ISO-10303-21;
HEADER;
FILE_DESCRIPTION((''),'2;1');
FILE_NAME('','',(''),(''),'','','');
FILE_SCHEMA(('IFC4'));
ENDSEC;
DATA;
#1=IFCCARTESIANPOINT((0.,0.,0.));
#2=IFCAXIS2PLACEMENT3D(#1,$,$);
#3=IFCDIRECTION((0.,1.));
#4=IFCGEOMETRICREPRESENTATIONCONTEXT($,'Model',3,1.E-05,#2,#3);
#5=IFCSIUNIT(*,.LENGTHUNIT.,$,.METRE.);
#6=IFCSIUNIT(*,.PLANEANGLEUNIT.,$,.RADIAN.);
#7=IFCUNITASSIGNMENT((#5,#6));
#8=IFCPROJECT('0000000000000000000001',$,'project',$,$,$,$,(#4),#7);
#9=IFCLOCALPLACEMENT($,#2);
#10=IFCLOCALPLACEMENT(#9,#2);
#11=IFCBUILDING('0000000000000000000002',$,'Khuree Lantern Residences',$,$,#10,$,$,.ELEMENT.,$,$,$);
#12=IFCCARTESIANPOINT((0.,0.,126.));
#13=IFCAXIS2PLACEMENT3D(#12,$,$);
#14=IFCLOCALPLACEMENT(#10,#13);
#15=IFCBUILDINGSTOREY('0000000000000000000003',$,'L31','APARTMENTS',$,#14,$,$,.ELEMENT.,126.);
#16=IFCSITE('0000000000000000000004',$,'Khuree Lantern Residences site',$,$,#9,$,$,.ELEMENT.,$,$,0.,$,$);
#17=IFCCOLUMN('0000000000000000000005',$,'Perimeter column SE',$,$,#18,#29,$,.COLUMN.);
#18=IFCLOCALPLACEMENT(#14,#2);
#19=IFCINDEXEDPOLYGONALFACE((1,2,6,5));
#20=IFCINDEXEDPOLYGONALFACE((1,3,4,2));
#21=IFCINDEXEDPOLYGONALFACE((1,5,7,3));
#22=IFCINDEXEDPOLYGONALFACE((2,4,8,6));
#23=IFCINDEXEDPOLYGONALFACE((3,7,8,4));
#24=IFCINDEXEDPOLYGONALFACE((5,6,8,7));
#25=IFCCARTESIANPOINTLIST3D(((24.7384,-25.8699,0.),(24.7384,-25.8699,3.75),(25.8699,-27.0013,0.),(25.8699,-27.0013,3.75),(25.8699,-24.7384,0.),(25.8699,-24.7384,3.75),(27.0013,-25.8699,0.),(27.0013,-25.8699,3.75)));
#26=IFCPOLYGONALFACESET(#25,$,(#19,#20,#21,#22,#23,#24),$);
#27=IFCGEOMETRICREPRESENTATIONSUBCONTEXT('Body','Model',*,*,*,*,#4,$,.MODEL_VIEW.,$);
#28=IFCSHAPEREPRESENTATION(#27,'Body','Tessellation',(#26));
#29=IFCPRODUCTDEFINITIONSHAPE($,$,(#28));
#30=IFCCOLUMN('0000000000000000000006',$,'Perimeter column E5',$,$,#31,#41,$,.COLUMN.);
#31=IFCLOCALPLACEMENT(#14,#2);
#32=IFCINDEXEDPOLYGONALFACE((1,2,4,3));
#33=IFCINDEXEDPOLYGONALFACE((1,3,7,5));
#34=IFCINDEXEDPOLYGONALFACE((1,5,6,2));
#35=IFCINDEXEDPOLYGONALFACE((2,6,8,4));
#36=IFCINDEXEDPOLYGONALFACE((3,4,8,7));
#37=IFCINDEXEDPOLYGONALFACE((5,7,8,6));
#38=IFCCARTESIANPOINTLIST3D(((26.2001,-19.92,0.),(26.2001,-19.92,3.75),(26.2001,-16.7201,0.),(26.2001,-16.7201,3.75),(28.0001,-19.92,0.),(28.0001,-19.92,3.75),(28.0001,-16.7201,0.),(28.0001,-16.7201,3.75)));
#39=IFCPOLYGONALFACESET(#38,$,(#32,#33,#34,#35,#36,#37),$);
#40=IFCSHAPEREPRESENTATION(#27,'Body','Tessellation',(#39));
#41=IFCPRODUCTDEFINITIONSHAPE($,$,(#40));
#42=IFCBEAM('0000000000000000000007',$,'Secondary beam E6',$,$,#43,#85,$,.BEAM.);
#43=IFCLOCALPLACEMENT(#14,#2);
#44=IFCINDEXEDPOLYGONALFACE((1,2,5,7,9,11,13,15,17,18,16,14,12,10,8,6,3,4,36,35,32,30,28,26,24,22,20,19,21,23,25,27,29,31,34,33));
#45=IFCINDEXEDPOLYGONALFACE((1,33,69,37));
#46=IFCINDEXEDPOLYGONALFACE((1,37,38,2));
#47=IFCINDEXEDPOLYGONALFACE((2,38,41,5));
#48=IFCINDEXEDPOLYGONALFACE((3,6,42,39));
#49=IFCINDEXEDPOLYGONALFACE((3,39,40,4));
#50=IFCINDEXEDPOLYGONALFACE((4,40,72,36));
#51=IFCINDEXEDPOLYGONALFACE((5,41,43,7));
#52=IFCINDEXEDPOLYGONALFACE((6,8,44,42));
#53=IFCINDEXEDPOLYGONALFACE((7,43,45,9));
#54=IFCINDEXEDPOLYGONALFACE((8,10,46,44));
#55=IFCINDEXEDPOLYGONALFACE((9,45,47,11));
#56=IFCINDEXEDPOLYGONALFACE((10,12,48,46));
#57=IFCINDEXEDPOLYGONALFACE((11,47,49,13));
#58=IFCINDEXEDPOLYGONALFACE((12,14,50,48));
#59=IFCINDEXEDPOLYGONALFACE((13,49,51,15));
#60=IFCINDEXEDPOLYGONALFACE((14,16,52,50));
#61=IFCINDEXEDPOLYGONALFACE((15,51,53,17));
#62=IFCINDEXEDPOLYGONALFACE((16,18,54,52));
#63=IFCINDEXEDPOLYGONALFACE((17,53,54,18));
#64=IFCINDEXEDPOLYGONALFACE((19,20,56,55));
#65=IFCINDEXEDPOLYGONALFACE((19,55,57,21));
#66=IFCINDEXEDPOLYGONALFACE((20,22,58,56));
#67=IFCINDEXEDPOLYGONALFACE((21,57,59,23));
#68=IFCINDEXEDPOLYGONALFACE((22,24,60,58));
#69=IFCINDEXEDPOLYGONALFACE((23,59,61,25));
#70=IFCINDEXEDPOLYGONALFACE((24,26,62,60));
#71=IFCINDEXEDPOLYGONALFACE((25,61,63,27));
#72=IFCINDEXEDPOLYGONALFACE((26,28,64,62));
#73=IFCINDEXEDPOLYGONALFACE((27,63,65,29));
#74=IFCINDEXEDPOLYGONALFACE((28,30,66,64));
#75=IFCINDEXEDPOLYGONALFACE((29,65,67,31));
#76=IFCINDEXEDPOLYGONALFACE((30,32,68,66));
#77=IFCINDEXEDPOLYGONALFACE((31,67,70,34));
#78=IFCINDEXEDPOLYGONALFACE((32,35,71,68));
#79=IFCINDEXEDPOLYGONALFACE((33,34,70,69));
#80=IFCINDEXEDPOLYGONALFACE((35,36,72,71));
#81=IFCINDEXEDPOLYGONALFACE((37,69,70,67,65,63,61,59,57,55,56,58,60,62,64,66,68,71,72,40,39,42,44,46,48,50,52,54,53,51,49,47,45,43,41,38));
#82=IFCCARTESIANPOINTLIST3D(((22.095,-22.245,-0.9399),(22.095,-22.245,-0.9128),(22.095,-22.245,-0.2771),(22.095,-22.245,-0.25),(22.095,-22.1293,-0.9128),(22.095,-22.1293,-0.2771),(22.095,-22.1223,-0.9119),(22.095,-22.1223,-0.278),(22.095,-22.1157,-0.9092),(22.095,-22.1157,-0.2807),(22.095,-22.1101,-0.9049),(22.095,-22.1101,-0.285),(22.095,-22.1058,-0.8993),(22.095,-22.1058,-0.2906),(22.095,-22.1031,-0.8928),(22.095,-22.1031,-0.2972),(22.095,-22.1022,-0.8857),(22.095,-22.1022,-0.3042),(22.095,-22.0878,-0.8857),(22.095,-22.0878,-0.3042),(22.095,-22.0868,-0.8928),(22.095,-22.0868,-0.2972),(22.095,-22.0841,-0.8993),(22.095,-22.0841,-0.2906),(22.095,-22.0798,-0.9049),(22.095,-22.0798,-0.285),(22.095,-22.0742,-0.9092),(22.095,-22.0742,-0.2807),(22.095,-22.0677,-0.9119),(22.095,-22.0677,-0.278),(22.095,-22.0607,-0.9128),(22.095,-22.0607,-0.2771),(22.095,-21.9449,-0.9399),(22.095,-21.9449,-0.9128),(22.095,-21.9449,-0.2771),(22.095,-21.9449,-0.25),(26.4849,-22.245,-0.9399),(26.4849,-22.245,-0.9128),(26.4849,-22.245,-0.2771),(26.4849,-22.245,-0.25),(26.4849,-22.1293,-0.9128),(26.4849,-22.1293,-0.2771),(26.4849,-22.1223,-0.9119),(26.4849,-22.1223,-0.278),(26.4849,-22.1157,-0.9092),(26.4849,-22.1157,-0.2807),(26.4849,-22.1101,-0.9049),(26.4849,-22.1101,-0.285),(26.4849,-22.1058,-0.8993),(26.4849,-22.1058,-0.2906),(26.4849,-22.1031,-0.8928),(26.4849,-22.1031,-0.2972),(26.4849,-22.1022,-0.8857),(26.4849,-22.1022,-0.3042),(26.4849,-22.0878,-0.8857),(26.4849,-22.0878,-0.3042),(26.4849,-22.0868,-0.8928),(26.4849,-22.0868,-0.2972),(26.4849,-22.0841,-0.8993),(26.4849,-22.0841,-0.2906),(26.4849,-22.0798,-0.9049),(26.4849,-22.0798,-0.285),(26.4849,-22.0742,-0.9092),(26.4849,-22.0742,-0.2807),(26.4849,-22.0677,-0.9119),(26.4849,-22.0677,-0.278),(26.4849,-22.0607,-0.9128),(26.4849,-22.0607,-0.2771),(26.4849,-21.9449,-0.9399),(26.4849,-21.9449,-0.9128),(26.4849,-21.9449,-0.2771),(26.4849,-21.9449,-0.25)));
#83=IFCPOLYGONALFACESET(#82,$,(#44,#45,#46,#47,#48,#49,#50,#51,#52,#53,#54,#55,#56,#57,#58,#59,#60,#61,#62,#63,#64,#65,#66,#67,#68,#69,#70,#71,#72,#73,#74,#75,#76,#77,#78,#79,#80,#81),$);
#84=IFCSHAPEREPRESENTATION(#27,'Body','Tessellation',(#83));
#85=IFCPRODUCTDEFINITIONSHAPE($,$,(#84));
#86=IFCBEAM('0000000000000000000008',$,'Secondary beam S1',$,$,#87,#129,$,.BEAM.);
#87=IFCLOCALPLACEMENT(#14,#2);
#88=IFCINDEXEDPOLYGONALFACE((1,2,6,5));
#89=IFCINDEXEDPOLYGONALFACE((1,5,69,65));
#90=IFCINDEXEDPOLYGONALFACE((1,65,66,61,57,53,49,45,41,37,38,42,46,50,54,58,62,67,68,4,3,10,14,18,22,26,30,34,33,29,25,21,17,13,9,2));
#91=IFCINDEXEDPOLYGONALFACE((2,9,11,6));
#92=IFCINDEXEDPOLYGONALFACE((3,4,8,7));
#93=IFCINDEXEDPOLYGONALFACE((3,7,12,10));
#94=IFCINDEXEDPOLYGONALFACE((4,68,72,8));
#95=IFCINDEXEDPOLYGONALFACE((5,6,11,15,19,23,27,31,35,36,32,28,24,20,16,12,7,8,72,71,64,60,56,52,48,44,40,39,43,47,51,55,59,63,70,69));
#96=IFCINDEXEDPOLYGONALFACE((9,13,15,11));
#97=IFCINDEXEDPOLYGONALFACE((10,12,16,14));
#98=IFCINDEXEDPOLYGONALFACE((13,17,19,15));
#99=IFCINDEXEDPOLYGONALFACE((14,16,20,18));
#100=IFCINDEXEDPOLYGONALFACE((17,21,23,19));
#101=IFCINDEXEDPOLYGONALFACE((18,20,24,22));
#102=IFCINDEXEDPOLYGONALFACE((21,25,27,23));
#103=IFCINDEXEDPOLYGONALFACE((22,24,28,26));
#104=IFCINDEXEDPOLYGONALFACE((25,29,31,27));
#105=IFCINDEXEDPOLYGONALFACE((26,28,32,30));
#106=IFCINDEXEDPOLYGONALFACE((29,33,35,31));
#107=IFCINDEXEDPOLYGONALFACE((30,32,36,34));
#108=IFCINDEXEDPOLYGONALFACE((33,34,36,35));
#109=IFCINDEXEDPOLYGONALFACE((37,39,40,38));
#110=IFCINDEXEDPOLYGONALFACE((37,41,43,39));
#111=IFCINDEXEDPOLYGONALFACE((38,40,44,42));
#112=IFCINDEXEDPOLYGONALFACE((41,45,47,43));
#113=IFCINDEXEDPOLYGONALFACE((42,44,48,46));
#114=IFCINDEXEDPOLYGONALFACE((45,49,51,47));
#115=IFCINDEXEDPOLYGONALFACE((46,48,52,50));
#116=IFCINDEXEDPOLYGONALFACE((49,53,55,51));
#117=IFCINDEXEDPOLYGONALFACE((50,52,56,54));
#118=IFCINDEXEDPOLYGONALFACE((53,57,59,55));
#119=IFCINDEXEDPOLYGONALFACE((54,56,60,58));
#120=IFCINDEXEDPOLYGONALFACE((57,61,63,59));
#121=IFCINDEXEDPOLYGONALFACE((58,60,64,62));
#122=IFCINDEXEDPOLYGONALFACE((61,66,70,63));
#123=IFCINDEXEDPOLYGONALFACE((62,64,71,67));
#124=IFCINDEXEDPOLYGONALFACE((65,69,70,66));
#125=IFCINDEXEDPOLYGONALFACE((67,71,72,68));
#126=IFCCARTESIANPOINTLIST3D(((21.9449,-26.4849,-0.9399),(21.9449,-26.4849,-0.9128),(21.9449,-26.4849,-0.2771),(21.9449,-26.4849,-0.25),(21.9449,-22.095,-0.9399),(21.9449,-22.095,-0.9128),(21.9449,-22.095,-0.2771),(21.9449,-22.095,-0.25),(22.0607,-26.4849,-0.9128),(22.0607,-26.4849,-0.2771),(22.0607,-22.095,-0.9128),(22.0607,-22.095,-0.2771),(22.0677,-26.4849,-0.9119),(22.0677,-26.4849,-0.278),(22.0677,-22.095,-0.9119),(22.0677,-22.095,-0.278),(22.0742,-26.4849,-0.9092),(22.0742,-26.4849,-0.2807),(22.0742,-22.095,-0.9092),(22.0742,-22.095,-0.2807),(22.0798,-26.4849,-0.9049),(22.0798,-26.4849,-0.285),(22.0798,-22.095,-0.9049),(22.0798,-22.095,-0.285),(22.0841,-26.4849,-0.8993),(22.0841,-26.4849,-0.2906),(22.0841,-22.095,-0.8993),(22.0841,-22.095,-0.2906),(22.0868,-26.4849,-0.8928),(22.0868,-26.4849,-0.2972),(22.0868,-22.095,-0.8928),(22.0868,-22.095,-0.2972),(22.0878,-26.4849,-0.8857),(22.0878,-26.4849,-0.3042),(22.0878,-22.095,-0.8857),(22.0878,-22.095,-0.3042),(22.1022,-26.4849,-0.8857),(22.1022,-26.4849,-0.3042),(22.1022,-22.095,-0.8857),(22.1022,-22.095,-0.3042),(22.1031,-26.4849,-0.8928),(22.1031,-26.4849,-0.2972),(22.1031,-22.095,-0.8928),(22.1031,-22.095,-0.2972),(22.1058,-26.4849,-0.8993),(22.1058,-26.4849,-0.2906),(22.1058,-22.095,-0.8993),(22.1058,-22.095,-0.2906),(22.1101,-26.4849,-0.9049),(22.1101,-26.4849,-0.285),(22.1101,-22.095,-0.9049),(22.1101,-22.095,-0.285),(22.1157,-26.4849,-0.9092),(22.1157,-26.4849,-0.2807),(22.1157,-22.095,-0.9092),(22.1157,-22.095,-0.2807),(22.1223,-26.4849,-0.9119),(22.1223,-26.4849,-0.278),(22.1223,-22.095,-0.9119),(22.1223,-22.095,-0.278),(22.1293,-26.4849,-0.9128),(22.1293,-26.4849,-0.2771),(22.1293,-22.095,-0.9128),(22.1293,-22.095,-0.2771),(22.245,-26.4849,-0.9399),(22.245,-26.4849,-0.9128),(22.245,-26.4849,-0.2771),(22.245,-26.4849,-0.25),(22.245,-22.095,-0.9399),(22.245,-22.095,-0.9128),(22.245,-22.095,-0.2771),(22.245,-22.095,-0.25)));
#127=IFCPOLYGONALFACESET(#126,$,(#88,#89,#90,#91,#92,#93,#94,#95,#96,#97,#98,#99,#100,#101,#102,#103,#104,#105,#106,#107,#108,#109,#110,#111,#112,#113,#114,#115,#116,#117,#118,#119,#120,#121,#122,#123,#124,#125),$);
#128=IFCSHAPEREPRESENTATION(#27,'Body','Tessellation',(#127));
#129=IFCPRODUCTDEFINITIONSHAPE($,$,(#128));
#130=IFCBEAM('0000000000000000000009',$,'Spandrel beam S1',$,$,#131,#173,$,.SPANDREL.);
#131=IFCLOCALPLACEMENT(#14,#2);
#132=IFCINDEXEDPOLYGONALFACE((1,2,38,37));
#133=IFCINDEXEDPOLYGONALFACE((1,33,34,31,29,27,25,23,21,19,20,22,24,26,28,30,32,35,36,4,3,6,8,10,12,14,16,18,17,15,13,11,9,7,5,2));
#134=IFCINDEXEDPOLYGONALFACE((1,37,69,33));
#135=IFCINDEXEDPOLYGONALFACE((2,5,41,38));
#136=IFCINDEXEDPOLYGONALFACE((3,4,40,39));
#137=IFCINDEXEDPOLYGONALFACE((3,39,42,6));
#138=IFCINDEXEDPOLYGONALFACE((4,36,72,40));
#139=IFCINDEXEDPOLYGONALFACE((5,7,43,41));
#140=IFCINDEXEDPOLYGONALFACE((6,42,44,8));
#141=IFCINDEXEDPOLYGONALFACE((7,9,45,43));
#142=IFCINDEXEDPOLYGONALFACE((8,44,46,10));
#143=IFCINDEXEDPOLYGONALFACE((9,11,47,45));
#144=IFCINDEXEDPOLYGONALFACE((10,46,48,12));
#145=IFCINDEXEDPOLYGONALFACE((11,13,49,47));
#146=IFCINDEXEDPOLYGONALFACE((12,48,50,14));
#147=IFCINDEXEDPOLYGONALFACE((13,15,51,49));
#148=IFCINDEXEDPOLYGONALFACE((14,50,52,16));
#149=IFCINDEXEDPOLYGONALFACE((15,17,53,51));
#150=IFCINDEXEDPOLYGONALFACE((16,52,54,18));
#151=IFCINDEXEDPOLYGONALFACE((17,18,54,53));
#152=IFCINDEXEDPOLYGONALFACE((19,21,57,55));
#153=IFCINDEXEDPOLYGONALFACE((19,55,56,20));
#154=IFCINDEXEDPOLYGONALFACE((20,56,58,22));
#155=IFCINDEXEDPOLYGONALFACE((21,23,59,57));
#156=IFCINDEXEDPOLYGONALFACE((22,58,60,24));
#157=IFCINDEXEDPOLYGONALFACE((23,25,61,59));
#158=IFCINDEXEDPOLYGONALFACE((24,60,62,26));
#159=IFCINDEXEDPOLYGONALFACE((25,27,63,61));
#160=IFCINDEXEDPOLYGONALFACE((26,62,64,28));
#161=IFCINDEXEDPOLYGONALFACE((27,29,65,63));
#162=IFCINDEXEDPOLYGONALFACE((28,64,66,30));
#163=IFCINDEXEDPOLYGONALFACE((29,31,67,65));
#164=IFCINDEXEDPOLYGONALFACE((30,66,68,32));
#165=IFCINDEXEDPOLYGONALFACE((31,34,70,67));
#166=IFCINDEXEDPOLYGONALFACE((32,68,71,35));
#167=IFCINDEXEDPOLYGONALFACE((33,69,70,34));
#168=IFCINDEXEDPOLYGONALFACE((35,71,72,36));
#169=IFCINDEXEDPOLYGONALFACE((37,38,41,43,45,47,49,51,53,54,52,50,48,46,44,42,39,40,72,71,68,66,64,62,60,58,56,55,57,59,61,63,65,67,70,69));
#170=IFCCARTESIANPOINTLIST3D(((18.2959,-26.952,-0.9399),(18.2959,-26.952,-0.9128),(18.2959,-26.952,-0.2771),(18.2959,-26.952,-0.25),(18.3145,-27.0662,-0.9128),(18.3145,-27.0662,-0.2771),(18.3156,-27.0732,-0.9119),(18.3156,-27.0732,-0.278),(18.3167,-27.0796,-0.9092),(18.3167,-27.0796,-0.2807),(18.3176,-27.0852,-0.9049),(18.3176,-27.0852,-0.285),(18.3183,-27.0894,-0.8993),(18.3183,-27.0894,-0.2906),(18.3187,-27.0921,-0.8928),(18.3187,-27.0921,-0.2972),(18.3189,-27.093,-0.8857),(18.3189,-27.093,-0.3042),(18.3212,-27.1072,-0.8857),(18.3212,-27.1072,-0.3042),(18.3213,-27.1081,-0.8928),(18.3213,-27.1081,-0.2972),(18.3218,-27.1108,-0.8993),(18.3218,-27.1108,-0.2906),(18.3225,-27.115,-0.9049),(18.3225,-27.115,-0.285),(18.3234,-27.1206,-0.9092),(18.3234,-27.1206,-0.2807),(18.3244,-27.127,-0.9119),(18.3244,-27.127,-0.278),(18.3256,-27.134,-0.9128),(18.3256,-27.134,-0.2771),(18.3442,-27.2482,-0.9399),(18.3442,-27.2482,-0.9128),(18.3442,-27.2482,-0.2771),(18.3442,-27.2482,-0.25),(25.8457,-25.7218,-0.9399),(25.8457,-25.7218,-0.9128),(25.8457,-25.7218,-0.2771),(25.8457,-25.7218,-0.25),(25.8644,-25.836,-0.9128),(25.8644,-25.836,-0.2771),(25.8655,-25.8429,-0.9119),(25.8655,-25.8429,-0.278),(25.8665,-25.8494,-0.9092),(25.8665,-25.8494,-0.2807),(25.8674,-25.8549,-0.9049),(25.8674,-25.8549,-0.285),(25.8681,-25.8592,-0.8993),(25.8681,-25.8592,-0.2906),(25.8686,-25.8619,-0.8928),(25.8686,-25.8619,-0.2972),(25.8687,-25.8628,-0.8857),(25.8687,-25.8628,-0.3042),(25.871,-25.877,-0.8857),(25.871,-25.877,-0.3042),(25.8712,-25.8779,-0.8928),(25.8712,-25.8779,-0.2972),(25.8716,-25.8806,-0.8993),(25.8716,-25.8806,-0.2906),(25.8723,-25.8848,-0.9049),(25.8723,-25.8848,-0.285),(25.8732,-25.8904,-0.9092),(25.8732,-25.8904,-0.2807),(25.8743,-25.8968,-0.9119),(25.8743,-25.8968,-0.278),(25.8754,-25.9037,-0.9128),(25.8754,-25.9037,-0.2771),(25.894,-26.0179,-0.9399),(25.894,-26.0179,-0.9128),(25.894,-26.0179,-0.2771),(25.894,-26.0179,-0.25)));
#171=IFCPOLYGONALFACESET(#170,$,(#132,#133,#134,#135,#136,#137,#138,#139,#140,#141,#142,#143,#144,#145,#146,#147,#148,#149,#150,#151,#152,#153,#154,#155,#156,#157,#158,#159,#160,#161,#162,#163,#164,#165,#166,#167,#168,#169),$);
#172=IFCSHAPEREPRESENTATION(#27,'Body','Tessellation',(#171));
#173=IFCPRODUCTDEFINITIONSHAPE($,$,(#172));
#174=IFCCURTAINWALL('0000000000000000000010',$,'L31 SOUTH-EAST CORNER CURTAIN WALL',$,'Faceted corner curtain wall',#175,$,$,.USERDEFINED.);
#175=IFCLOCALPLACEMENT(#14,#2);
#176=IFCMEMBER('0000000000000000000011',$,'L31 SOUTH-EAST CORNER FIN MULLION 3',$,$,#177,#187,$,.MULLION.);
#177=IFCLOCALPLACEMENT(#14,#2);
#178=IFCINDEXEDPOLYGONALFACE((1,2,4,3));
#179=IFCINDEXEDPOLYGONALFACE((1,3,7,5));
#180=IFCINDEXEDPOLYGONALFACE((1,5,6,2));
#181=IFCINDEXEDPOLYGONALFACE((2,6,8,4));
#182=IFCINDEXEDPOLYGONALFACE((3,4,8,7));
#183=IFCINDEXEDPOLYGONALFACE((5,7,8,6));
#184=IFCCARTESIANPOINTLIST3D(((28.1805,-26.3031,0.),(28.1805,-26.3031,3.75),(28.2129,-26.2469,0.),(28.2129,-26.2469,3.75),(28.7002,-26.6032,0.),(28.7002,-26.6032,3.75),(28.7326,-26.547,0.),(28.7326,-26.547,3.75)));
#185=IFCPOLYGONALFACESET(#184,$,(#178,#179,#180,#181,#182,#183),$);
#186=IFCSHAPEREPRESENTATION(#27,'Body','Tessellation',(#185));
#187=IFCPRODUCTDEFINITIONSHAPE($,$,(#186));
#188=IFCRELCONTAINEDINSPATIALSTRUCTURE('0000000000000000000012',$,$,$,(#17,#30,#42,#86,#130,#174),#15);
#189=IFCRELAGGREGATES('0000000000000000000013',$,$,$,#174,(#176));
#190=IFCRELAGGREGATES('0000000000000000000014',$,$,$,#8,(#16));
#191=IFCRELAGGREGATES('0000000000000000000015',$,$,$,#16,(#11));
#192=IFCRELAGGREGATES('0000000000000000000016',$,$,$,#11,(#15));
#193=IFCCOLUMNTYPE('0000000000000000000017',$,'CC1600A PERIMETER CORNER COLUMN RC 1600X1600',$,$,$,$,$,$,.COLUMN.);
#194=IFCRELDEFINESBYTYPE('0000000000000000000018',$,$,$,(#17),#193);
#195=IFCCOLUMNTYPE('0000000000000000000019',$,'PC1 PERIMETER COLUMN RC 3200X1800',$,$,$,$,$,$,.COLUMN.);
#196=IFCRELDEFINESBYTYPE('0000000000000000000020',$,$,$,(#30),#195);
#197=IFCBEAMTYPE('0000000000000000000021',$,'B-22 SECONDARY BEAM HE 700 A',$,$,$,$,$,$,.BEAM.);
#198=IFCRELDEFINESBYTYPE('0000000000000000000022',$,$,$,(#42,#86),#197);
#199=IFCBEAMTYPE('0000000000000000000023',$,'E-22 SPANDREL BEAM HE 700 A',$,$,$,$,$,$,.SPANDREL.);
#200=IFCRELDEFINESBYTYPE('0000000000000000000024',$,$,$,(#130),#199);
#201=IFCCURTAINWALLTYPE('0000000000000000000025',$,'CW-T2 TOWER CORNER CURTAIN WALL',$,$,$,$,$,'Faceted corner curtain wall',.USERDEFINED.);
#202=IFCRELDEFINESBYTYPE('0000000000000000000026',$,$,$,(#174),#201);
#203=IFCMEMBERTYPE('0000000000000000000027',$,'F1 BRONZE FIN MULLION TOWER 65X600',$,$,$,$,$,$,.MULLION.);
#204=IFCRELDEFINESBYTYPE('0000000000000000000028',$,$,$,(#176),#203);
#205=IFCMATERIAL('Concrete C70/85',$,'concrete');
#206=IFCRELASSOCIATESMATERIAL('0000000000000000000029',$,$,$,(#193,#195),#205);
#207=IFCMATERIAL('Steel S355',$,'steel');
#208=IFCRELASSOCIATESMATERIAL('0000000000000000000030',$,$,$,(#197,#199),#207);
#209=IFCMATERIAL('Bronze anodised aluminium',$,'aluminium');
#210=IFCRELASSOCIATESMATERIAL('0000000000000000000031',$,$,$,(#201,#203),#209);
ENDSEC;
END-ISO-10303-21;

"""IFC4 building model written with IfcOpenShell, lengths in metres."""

from ifc_helpers import new_model, si_unit, direction, frame, origin, origin_2d, place, context, subcontext, project, spatial, rectangle, i_section, extrude, material, material_profile, profile_set, type_object, element, aggregate, save


model = new_model("IFC4")

# Units and contexts
model_context = context("Model", 3, precision=1e-05, world=origin(), true_north=direction((0.0, 1.0)))
body_context = subcontext(model_context, "Body", "Model", "MODEL_VIEW")
ifc_project = project(units=[si_unit("LENGTHUNIT", "METRE"), si_unit("PLANEANGLEUNIT", "RADIAN")], contexts=[model_context])

# Site, building, storey
site_placement = place(None, origin())
site = spatial("IfcSite", under=ifc_project, at=site_placement, Name="Khuree Lantern Residences site", CompositionType="ELEMENT", RefElevation=0.0)
building_placement = place(site_placement, origin())
building = spatial("IfcBuilding", under=site, at=building_placement, Name="Khuree Lantern Residences", CompositionType="ELEMENT")
storey_placement = place(building_placement, frame((0.0, 0.0, 126.0)))
storey = spatial("IfcBuildingStorey", under=building, at=storey_placement, Name="L31", Description="APARTMENTS", CompositionType="ELEMENT", Elevation=126.0)

# Columns
ifc_material_1 = material(Name="Concrete C70/85", Category="concrete")
ifc_material_profile_1 = material_profile(ifc_material_1, rectangle(XDim=1.6001, YDim=1.6001, at=origin_2d()), Name="RC 1600X1600")
ifc_profile_set_1 = profile_set([ifc_material_profile_1], Name="Concrete C70/85")
column_type_1 = type_object("IfcColumnType", Name="CC1600A PERIMETER CORNER COLUMN RC 1600X1600", PredefinedType="COLUMN", material=ifc_profile_set_1)
column_1_placement = place(storey_placement, frame((25.8699, -25.8699, 0.0), z_axis=(0.0, 0.0, 1.0), x_axis=(0.707107, 0.707107, 0.0)))
element("IfcColumn", 1, at=column_1_placement, inside=storey, type_object=column_type_1, Name="Perimeter column SE", PredefinedType="COLUMN", context=body_context, shape_type="SweptSolid", body=[
    extrude(rectangle(XDim=1.6001, YDim=1.6001, at=origin_2d()), origin(), (0.0, 0.0, 1.0), 3.75),
])
ifc_material_profile_2 = material_profile(ifc_material_1, rectangle(XDim=3.2, YDim=1.8, at=origin_2d()), Name="RC 3200X1800")
ifc_profile_set_2 = profile_set([ifc_material_profile_2], Name="Concrete C70/85")
column_type_2 = type_object("IfcColumnType", Name="PC1 PERIMETER COLUMN RC 3200X1800", PredefinedType="COLUMN", material=ifc_profile_set_2)
column_2_placement = place(storey_placement, frame((27.1001, -18.3201, 0.0), z_axis=(0.0, 0.0, 1.0), x_axis=(0.0, 1.0, 0.0)))
element("IfcColumn", 2, at=column_2_placement, inside=storey, type_object=column_type_2, Name="Perimeter column E5", PredefinedType="COLUMN", context=body_context, shape_type="SweptSolid", body=[
    extrude(rectangle(XDim=3.2, YDim=1.8, at=origin_2d()), origin(), (0.0, 0.0, 1.0), 3.75),
])

# Beams
ifc_material_2 = material(Name="Steel S355", Category="steel")
ifc_material_profile_3 = material_profile(ifc_material_2, i_section(OverallWidth=0.3, OverallDepth=0.6899, WebThickness=0.0144, FlangeThickness=0.0271, FilletRadius=0.0271, at=origin_2d()), Name="HE 700 A")
ifc_profile_set_3 = profile_set([ifc_material_profile_3], Name="Steel S355")
beam_type_1 = type_object("IfcBeamType", Name="B-22 SECONDARY BEAM HE 700 A", PredefinedType="BEAM", material=ifc_profile_set_3)
for number, where, z_axis, x_axis, name in (
    (3, (26.4849, -22.095, -0.595), (-1.0, 0.0, 0.0), (0.0, -1.0, 0.0), "Secondary beam E6"),
    (4, (22.095, -26.4849, -0.595), (0.0, 1.0, 0.0), (-1.0, 0.0, 0.0), "Secondary beam S1"),
):
    element("IfcBeam", number, at=place(storey_placement, frame(where, z_axis=z_axis, x_axis=x_axis)), inside=storey, type_object=beam_type_1, Name=name, PredefinedType="BEAM", context=body_context, shape_type="SweptSolid", body=[
        extrude(i_section(OverallWidth=0.3, OverallDepth=0.6899, WebThickness=0.0144, FlangeThickness=0.0271, FilletRadius=0.0271, at=origin_2d()), origin(), (0.0, 0.0, 1.0), 4.3899),
    ])
ifc_material_profile_4 = material_profile(ifc_material_2, i_section(OverallWidth=0.3, OverallDepth=0.6899, WebThickness=0.0144, FlangeThickness=0.0271, FilletRadius=0.0271, at=origin_2d()), Name="HE 700 A")
ifc_profile_set_4 = profile_set([ifc_material_profile_4], Name="Steel S355")
beam_type_2 = type_object("IfcBeamType", Name="E-22 SPANDREL BEAM HE 700 A", PredefinedType="SPANDREL", material=ifc_profile_set_4)
beam_1_placement = place(storey_placement, frame((25.8699, -25.8699, -0.595), z_axis=(-0.986983, -0.160827, 0.0), x_axis=(0.160827, -0.986983, 0.0)))
element("IfcBeam", 5, at=beam_1_placement, inside=storey, type_object=beam_type_2, Name="Spandrel beam S1", PredefinedType="SPANDREL", context=body_context, shape_type="SweptSolid", body=[
    extrude(i_section(OverallWidth=0.3, OverallDepth=0.6899, WebThickness=0.0144, FlangeThickness=0.0271, FilletRadius=0.0271, at=origin_2d()), origin(), (0.0, 0.0, 1.0), 7.6494),
])

# Curtain wall, member
ifc_material_3 = material(Name="Bronze anodised aluminium", Category="aluminium")
curtain_wall_type_1 = type_object("IfcCurtainWallType", Name="CW-T2 TOWER CORNER CURTAIN WALL", ElementType="Faceted corner curtain wall", PredefinedType="USERDEFINED", material=ifc_material_3)
curtain_wall_1_placement = place(storey_placement, origin())
curtain_wall_1 = element("IfcCurtainWall", 6, at=curtain_wall_1_placement, inside=storey, type_object=curtain_wall_type_1, Name="L31 SOUTH-EAST CORNER CURTAIN WALL", ObjectType="Faceted corner curtain wall", PredefinedType="USERDEFINED")
ifc_material_profile_5 = material_profile(ifc_material_3, rectangle(XDim=0.0649, YDim=0.6001, at=origin_2d()), Name="F1 65X600")
ifc_profile_set_5 = profile_set([ifc_material_profile_5], Name="Bronze anodised aluminium")
member_type_1 = type_object("IfcMemberType", Name="F1 BRONZE FIN MULLION TOWER 65X600", PredefinedType="MULLION", material=ifc_profile_set_5)
member_1_placement = place(storey_placement, frame((28.4565, -26.425, 0.0), z_axis=(0.0, 0.0, 1.0), x_axis=(0.5, 0.866025, 0.0)))
member_1 = element("IfcMember", 7, at=member_1_placement, type_object=member_type_1, Name="L31 SOUTH-EAST CORNER FIN MULLION 3", PredefinedType="MULLION", context=body_context, shape_type="SweptSolid", body=[
    extrude(rectangle(XDim=0.0649, YDim=0.6001, at=origin_2d()), origin(), (0.0, 0.0, 1.0), 3.75),
])

aggregate(curtain_wall_1, [member_1])

save(model, "model.ifc")
